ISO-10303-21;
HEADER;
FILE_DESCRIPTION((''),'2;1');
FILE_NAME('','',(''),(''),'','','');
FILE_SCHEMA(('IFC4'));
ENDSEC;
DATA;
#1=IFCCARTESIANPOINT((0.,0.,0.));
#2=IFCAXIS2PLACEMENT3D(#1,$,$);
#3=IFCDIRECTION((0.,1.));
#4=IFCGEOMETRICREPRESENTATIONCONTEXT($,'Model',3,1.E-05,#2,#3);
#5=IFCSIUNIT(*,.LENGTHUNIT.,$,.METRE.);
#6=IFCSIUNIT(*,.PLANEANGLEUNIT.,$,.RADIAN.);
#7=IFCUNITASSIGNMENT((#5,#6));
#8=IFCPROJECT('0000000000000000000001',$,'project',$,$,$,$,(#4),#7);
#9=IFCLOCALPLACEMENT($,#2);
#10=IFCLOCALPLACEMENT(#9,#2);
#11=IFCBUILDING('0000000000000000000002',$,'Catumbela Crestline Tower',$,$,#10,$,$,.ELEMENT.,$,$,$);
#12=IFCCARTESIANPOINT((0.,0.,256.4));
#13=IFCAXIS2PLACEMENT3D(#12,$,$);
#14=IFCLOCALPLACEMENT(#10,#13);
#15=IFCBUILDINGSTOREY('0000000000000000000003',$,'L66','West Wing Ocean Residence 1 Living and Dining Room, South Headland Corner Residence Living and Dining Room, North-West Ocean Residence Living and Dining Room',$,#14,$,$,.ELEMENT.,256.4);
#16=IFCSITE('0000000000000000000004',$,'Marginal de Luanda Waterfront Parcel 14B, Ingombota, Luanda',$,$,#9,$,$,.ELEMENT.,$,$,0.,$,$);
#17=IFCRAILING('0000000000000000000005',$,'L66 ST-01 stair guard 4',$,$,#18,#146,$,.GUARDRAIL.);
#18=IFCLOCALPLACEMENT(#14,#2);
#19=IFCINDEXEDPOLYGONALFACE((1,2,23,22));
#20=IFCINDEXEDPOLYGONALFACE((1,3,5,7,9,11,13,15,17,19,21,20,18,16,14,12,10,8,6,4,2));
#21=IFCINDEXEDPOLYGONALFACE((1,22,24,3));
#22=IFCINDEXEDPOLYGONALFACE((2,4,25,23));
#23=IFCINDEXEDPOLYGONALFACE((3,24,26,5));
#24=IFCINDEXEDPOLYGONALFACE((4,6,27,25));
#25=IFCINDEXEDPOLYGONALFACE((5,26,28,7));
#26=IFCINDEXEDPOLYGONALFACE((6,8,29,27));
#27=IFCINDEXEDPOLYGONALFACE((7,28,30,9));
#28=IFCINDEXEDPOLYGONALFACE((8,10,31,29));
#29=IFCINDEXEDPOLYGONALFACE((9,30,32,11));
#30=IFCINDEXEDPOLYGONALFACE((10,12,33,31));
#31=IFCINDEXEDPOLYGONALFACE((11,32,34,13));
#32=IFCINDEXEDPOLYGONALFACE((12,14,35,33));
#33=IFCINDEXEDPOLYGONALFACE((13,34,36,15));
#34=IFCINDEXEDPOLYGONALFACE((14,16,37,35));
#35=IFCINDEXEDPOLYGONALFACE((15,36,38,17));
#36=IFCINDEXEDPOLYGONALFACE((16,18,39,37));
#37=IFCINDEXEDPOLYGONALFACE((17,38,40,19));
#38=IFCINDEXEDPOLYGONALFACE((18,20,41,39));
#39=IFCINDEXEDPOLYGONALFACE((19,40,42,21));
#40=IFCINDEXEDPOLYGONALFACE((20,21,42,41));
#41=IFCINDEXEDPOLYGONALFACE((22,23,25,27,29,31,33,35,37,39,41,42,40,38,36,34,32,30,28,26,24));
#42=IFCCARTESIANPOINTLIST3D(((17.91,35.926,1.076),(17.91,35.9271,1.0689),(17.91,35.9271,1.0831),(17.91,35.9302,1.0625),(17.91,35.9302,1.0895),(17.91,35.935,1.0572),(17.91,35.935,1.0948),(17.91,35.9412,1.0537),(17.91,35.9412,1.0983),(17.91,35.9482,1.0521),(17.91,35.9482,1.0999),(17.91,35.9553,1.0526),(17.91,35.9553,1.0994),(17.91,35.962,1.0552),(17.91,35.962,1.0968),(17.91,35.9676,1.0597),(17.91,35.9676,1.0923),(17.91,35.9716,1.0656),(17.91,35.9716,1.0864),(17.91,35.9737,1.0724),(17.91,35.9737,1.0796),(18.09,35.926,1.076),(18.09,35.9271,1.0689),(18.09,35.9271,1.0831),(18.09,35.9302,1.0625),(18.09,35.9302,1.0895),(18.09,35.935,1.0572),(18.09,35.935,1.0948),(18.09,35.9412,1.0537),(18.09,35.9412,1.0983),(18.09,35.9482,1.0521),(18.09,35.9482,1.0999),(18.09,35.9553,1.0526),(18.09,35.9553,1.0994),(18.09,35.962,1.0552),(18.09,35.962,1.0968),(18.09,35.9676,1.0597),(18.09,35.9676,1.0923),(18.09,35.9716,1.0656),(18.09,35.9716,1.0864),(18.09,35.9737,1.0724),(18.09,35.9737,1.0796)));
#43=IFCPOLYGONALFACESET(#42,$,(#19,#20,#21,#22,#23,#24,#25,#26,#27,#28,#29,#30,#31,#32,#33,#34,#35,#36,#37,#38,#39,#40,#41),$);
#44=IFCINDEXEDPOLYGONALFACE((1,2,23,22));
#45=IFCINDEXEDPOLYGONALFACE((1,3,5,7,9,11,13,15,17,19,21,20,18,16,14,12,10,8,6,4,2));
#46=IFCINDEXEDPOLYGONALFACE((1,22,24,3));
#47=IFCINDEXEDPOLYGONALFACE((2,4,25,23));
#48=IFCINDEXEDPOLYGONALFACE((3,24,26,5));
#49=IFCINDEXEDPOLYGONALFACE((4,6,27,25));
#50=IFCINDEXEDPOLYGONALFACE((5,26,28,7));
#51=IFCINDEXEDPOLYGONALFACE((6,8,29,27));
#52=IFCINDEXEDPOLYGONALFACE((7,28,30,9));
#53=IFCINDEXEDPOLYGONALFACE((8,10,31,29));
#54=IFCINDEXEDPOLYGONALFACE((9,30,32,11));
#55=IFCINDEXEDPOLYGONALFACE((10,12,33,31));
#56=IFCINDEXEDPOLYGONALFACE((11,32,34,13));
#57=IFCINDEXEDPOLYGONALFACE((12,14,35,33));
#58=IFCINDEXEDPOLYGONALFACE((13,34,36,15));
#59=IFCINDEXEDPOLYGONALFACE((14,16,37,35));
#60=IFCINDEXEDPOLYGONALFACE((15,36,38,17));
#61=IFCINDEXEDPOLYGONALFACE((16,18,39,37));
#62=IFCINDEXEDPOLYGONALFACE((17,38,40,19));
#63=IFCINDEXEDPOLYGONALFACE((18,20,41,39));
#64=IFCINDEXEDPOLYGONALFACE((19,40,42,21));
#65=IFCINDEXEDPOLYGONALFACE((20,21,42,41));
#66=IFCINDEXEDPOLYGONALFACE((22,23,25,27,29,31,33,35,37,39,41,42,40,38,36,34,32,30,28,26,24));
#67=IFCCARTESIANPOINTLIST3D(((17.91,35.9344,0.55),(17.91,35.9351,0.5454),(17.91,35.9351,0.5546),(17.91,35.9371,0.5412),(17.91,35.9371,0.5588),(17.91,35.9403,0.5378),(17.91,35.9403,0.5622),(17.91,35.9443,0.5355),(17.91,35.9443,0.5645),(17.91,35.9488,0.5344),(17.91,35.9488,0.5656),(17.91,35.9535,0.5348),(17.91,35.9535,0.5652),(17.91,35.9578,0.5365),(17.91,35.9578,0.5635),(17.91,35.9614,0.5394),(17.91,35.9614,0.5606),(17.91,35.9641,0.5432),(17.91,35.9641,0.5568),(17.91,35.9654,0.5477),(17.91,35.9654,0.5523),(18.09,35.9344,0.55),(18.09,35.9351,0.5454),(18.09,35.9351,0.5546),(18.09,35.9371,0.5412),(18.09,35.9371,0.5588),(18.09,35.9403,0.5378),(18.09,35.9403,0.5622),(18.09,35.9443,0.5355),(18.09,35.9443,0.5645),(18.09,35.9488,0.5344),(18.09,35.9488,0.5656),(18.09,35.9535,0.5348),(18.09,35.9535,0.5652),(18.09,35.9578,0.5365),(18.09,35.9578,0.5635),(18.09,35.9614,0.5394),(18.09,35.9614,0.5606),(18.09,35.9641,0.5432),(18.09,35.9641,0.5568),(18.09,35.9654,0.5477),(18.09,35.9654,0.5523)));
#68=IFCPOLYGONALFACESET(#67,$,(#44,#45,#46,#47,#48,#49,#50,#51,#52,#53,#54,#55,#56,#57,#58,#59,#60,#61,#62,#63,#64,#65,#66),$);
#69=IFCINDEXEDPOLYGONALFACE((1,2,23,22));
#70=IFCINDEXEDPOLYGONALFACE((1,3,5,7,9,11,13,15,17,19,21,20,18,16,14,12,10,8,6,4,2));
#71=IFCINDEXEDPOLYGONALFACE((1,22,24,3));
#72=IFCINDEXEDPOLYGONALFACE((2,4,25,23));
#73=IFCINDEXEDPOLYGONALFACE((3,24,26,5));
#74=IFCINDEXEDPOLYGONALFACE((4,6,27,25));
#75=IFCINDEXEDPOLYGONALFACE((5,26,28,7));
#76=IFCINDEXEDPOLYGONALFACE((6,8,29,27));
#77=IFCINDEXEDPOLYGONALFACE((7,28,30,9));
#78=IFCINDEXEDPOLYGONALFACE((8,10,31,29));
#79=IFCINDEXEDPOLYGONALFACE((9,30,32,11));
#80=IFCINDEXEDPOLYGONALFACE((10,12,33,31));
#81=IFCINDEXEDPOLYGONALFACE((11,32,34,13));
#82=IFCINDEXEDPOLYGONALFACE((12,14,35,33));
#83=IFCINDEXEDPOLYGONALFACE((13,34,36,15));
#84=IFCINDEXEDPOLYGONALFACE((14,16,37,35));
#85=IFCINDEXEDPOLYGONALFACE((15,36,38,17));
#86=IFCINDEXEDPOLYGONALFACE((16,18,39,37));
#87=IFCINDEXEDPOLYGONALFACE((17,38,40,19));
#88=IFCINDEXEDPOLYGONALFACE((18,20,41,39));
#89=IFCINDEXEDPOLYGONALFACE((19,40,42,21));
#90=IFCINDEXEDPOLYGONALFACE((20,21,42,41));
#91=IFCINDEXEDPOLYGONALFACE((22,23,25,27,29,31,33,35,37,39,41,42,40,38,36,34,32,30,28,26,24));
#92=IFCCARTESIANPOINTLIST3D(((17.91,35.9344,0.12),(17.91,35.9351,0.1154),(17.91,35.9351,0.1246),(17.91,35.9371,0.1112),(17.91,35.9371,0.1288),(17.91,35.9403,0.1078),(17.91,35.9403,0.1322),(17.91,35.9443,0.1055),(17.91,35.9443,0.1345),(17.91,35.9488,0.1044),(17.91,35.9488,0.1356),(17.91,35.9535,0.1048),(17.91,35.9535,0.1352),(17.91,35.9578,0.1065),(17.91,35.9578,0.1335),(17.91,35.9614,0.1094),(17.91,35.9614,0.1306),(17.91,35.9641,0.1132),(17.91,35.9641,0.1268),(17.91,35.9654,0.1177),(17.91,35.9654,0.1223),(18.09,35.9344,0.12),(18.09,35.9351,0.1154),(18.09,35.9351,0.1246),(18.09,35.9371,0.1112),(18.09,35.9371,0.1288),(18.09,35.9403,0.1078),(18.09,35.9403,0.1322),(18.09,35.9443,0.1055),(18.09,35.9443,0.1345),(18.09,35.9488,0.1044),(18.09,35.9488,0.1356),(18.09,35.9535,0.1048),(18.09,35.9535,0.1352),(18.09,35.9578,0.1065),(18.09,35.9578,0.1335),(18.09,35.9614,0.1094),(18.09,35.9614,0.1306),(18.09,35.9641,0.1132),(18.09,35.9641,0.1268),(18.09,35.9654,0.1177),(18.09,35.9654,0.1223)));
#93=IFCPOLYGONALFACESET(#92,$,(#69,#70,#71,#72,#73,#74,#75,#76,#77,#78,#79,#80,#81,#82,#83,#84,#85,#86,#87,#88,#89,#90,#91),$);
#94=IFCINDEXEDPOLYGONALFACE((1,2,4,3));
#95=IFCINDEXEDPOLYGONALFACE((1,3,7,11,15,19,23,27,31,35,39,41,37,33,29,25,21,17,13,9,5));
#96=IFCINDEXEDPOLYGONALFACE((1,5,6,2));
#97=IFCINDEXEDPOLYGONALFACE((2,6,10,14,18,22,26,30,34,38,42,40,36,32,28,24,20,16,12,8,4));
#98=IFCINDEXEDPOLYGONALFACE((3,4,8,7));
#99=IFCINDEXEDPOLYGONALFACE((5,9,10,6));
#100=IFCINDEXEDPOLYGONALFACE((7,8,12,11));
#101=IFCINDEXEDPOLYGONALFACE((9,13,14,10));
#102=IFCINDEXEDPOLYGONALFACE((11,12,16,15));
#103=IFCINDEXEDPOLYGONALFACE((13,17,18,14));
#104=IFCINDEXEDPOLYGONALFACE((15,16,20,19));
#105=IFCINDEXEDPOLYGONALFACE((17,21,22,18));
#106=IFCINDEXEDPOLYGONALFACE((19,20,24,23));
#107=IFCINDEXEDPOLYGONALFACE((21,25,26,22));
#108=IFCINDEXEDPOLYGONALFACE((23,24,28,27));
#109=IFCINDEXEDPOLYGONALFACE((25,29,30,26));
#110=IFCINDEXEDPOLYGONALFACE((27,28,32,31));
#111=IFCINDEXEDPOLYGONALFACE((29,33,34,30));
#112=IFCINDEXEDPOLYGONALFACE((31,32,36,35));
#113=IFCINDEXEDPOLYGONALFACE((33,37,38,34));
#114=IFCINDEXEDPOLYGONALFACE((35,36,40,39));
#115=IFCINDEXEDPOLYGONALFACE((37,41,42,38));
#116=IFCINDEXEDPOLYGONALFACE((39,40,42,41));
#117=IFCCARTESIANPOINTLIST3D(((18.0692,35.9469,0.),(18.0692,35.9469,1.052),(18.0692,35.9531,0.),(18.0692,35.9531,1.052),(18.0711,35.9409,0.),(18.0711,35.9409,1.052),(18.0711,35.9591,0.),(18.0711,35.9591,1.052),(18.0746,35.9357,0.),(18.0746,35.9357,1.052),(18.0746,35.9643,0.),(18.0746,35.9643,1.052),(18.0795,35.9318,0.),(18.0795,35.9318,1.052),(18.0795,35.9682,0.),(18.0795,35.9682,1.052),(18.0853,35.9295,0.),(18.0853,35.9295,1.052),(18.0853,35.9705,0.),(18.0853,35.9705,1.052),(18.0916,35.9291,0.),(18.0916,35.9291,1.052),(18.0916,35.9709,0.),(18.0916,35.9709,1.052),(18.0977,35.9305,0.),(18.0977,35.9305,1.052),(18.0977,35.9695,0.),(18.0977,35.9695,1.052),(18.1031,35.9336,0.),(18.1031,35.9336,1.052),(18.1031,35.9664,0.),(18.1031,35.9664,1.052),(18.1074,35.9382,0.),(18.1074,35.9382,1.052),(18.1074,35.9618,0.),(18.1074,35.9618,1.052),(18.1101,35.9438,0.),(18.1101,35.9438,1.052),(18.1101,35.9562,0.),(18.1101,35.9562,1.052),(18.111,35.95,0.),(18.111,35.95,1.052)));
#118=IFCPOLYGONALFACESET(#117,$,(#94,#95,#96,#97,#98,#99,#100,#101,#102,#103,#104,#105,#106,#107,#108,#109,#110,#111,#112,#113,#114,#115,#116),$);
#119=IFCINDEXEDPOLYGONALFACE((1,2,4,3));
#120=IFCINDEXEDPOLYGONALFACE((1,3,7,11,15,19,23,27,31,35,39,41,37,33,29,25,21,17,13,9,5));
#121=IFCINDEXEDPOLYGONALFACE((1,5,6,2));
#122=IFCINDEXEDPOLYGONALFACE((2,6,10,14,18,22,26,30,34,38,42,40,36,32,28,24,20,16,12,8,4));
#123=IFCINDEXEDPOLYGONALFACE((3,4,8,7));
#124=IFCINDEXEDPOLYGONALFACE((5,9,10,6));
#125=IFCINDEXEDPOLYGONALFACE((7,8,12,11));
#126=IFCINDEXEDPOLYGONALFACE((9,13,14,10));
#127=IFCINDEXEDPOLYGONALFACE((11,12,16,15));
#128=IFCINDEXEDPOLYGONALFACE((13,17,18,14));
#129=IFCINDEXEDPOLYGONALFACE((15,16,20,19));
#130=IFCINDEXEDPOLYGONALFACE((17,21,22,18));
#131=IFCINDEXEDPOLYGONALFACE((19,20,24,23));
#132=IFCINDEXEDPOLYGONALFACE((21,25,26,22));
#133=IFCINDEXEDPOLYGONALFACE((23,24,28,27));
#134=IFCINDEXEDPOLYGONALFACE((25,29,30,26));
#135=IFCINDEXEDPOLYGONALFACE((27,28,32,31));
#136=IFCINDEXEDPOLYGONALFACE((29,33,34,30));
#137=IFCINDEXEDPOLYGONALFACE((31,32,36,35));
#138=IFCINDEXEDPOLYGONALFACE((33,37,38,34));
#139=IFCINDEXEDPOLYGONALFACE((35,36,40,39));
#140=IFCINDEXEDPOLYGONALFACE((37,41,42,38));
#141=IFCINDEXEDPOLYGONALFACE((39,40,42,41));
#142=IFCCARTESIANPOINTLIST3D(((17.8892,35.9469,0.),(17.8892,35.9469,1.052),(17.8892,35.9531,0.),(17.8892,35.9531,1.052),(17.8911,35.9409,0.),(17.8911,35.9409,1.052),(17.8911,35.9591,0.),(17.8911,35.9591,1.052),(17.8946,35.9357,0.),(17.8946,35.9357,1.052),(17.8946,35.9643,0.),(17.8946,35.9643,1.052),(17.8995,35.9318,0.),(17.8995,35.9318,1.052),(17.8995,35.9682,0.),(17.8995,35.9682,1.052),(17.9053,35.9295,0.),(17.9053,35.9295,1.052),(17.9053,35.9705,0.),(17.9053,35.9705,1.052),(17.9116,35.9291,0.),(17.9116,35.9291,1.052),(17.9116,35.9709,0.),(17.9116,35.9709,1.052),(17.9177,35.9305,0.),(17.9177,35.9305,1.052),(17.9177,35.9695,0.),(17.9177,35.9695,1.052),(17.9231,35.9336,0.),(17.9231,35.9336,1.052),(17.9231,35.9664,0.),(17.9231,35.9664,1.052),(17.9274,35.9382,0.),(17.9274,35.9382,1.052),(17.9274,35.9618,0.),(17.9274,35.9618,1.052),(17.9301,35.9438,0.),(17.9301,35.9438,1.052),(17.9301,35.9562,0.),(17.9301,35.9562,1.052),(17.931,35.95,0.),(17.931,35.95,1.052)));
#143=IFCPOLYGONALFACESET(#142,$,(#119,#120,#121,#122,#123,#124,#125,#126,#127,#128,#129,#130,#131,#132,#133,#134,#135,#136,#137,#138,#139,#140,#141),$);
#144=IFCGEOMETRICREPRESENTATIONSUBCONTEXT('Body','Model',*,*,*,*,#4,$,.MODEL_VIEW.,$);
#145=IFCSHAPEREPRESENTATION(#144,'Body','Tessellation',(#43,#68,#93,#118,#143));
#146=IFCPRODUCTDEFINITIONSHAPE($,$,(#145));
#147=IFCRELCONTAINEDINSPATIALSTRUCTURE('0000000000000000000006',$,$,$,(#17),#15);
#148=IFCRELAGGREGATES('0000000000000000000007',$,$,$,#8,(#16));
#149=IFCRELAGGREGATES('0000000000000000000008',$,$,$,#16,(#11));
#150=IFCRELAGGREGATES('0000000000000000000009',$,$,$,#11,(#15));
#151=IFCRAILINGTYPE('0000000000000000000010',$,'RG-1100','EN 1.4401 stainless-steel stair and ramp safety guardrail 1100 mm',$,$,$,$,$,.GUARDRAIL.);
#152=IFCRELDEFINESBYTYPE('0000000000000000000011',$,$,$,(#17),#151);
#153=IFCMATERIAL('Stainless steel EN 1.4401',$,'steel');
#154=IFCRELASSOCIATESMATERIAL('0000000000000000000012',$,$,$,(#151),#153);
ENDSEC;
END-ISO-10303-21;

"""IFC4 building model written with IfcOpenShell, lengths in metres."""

from ifc_helpers import new_model, si_unit, direction, frame, origin, origin_2d, place, context, subcontext, project, spatial, circle, extrude, material, type_object, element, save


model = new_model("IFC4")

# Units and contexts
model_context = context("Model", 3, precision=1e-05, world=origin(), true_north=direction((0.0, 1.0)))
body_context = subcontext(model_context, "Body", "Model", "MODEL_VIEW")
ifc_project = project(units=[si_unit("LENGTHUNIT", "METRE"), si_unit("PLANEANGLEUNIT", "RADIAN")], contexts=[model_context])

# Site, building, storey
site_placement = place(None, origin())
site = spatial("IfcSite", under=ifc_project, at=site_placement, Name="Marginal de Luanda Waterfront Parcel 14B, Ingombota, Luanda", CompositionType="ELEMENT", RefElevation=0.0)
building_placement = place(site_placement, origin())
building = spatial("IfcBuilding", under=site, at=building_placement, Name="Catumbela Crestline Tower", CompositionType="ELEMENT")
storey_placement = place(building_placement, frame((0.0, 0.0, 256.4)))
storey = spatial("IfcBuildingStorey", under=building, at=storey_placement, Name="L66", Description="West Wing Ocean Residence 1 Living and Dining Room, South Headland Corner Residence Living and Dining Room, North-West Ocean Residence Living and Dining Room", CompositionType="ELEMENT", Elevation=256.4)

# Shared definitions
ifc_material_1 = material(Name="Stainless steel EN 1.4401", Category="steel")

# Railing
railing_type_1 = type_object("IfcRailingType", Name="RG-1100", Description="EN 1.4401 stainless-steel stair and ramp safety guardrail 1100 mm", PredefinedType="GUARDRAIL", material=ifc_material_1)
railing_1_placement = place(storey_placement, frame((18.09, 35.95, 0.0)))
element("IfcRailing", 1, at=railing_1_placement, inside=storey, type_object=railing_type_1, Name="L66 ST-01 stair guard 4", PredefinedType="GUARDRAIL", context=body_context, shape_type="SweptSolid", body=[
    extrude(circle(Radius=0.024, at=origin_2d()), frame((0.0, 0.0, 1.076), z_axis=(-1.0, 0.0, 0.0), x_axis=(0.0, -1.0, 0.0)), (0.0, 0.0, 1.0), 0.18),
    extrude(circle(Radius=0.0156, at=origin_2d()), frame((0.0, 0.0, 0.55), z_axis=(-1.0, 0.0, 0.0), x_axis=(0.0, -1.0, 0.0)), (0.0, 0.0, 1.0), 0.18),
    extrude(circle(Radius=0.0156, at=origin_2d()), frame((0.0, 0.0, 0.12), z_axis=(-1.0, 0.0, 0.0), x_axis=(0.0, -1.0, 0.0)), (0.0, 0.0, 1.0), 0.18),
    extrude(circle(Radius=0.021, at=origin_2d()), origin(), (0.0, 0.0, 1.0), 1.052),
    extrude(circle(Radius=0.021, at=origin_2d()), frame((-0.18, 0.0, 0.0)), (0.0, 0.0, 1.0), 1.052),
])

save(model, "model.ifc")
